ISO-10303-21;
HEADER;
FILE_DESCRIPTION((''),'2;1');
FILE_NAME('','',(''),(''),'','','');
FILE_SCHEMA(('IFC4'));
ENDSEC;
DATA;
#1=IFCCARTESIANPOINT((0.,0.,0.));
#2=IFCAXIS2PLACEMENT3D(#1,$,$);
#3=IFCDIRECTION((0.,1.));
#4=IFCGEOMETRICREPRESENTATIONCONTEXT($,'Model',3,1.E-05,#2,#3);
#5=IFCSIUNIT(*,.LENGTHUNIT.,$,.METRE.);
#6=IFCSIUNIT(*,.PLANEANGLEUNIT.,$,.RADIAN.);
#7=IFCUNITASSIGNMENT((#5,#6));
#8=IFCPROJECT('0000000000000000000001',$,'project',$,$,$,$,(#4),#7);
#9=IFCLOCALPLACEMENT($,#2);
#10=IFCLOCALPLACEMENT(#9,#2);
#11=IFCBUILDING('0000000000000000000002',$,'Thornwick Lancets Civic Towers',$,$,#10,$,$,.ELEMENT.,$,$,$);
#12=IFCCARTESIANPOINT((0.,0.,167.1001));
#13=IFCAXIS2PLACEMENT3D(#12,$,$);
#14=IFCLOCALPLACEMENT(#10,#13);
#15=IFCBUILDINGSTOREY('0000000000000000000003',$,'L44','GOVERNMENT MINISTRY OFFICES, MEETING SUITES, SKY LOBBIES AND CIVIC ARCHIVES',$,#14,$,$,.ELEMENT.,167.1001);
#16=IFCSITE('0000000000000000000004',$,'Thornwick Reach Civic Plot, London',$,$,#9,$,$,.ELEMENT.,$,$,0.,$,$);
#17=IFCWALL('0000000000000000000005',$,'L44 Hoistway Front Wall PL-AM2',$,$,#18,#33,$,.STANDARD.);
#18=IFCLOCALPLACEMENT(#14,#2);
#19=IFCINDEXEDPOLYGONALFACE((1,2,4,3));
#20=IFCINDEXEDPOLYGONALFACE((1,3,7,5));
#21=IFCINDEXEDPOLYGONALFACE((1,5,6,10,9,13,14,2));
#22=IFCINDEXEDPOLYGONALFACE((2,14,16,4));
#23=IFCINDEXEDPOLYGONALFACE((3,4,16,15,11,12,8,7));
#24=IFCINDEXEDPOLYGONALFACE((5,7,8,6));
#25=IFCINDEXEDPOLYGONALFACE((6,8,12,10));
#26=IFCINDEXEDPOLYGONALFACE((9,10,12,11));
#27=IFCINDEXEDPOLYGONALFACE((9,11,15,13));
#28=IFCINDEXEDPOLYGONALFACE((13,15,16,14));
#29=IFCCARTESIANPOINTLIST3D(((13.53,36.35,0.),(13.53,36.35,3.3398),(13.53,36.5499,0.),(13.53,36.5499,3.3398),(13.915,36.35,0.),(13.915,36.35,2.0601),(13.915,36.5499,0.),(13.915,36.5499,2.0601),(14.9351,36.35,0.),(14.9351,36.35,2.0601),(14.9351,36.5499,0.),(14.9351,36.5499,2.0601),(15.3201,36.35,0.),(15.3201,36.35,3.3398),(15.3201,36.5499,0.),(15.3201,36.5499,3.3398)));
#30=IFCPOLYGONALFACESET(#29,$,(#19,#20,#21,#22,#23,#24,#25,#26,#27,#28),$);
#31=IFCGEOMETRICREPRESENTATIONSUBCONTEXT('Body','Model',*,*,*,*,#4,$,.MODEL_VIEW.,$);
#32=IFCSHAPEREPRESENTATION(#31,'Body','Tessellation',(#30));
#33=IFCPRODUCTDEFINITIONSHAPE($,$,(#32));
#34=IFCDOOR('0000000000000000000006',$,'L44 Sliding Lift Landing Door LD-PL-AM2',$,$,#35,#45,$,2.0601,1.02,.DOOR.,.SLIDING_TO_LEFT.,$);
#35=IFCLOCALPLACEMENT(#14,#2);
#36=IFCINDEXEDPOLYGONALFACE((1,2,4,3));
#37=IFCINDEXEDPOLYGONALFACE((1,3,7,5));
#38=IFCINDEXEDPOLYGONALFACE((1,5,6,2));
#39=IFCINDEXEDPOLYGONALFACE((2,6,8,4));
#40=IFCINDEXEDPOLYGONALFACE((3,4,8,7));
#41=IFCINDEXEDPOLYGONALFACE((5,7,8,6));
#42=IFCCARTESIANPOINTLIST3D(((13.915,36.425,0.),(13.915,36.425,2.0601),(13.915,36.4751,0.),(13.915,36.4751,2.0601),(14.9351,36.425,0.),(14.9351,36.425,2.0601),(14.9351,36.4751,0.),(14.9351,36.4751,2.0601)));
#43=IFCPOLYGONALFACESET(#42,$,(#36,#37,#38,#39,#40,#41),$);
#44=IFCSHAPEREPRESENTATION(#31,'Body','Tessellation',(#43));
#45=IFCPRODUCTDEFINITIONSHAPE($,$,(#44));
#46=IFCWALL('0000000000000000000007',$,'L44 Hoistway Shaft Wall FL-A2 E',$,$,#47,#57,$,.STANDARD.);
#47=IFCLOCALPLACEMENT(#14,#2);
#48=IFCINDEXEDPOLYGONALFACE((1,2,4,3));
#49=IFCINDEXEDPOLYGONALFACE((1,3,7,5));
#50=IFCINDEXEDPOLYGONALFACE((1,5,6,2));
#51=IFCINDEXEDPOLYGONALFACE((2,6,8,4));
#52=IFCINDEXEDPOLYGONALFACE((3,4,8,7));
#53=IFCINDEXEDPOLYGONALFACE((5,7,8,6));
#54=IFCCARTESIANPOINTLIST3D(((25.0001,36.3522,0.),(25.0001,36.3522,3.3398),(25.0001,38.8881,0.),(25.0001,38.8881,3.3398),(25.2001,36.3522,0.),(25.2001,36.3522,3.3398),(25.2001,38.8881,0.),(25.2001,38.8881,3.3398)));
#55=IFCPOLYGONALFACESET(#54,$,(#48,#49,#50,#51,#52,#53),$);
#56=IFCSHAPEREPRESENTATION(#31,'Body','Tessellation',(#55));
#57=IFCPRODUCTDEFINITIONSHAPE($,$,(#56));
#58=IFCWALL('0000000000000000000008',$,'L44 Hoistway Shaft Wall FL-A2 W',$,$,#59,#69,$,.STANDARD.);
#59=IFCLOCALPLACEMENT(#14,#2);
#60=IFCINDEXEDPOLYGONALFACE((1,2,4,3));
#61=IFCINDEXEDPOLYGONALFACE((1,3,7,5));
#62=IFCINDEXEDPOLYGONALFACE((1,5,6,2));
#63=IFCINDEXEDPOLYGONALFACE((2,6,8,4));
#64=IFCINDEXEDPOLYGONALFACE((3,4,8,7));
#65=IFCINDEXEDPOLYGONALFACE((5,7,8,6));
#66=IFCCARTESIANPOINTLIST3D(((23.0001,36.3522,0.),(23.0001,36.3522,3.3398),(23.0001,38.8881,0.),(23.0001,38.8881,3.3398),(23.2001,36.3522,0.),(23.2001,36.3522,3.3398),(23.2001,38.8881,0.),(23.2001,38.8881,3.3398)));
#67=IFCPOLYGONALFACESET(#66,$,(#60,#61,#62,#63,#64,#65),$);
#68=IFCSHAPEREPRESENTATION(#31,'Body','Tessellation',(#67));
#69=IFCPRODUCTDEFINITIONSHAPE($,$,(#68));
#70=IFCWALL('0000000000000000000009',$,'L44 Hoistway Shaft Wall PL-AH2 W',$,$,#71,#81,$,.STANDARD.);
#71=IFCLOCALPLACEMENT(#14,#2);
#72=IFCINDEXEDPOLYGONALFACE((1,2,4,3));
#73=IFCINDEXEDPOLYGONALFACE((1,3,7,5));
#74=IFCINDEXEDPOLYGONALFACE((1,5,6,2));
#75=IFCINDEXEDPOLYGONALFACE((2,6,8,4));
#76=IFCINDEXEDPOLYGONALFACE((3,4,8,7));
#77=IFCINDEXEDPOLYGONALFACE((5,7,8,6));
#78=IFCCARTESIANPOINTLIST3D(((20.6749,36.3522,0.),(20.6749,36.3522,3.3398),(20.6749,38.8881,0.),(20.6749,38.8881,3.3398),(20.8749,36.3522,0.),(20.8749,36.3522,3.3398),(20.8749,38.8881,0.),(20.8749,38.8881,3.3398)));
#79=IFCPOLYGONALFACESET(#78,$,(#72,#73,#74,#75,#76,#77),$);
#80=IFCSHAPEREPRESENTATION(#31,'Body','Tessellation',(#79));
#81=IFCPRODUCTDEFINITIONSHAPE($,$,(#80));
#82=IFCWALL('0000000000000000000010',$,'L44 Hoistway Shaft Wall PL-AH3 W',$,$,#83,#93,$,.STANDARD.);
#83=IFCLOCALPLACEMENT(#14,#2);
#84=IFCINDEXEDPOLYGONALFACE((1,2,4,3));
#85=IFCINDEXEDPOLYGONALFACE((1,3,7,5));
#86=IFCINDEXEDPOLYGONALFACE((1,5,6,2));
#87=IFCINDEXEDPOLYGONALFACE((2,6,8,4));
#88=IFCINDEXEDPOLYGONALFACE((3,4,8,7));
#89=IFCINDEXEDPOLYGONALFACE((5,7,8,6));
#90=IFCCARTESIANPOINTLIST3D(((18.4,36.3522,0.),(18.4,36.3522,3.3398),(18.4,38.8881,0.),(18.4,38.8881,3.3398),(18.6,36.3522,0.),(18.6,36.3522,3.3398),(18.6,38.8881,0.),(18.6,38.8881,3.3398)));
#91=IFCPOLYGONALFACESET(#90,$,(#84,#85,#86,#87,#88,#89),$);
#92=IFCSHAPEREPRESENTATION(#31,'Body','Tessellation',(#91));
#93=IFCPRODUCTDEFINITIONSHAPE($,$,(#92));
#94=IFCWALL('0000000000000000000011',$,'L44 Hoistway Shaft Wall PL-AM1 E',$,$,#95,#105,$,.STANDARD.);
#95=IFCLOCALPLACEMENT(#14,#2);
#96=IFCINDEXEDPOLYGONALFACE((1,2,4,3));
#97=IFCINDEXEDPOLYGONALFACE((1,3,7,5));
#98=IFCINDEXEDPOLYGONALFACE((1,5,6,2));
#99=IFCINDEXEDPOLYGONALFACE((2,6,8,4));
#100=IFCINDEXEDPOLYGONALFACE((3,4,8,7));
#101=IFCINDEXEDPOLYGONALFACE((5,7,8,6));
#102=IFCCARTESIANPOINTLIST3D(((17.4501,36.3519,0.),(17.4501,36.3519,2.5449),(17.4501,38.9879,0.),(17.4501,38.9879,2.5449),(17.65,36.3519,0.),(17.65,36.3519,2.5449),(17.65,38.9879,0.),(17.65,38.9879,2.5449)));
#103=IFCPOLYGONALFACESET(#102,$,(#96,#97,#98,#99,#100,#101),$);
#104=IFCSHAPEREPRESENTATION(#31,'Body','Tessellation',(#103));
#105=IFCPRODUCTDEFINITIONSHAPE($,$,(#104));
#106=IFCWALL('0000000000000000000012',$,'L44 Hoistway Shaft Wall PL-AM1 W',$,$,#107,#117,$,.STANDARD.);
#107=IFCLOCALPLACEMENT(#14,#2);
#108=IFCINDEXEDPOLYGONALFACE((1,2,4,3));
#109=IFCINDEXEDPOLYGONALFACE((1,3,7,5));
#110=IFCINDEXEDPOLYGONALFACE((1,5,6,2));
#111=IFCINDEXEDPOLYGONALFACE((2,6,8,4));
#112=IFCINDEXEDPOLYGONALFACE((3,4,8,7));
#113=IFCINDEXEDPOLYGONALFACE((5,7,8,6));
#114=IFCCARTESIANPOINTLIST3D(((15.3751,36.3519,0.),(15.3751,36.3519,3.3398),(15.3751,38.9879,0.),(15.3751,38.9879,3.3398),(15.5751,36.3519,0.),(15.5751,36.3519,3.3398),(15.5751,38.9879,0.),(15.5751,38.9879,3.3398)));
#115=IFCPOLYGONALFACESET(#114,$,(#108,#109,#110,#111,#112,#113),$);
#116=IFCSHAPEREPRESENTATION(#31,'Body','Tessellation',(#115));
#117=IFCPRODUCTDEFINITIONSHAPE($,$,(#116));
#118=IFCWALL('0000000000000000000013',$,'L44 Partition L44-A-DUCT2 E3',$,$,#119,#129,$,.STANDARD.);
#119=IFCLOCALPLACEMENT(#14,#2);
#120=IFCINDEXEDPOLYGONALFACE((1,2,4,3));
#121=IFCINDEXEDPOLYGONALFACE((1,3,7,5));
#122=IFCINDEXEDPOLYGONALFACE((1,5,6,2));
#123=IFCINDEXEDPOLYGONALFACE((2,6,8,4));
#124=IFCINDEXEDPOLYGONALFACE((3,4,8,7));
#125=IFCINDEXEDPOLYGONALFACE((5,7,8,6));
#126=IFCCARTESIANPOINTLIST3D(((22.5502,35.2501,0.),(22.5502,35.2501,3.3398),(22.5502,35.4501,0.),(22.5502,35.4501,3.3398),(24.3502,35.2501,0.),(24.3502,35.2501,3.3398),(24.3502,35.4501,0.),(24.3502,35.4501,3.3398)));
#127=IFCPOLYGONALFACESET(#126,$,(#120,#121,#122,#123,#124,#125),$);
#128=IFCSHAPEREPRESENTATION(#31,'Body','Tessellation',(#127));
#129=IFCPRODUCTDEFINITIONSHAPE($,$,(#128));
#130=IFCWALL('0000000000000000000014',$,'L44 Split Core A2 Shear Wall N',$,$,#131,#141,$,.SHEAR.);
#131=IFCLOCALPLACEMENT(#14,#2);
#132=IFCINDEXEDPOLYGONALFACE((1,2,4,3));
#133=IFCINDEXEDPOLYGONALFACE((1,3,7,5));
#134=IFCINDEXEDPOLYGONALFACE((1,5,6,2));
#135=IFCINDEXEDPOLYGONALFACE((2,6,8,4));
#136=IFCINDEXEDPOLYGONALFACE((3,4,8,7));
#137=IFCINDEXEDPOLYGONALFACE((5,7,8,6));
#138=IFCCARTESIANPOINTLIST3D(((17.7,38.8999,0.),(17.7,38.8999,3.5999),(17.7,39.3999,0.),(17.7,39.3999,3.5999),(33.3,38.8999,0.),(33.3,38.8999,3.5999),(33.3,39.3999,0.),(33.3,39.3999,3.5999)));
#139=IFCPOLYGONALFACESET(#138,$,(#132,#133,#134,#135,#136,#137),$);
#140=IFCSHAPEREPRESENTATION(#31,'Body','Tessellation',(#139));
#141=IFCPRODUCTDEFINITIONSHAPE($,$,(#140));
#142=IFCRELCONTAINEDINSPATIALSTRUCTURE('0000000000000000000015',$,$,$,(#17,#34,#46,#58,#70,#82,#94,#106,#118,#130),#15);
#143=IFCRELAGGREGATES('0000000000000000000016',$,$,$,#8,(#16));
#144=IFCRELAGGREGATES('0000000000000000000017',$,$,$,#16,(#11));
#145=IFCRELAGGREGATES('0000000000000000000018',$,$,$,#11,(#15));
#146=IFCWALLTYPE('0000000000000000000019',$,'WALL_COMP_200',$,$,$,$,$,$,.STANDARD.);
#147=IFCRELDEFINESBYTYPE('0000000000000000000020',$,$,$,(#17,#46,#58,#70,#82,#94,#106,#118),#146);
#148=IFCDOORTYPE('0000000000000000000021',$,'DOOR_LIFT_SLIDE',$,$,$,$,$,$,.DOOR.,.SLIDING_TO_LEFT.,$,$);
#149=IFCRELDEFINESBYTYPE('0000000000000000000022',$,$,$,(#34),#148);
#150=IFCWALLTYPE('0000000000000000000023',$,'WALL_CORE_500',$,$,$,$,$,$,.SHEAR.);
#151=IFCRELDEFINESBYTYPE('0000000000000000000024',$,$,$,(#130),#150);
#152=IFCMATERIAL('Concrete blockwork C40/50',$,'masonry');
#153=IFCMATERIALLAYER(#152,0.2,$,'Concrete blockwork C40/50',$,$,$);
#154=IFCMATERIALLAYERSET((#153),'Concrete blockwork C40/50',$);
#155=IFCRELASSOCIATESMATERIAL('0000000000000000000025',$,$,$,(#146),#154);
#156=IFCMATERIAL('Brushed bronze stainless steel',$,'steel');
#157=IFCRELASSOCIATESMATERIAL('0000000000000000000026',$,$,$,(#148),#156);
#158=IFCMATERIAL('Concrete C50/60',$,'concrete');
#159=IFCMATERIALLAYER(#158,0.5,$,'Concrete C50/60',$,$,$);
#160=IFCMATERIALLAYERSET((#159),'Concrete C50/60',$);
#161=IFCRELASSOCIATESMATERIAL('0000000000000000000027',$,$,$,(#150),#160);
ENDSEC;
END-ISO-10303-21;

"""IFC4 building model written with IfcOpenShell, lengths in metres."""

from ifc_helpers import new_model, si_unit, direction, frame, frame_2d, origin, place, context, subcontext, project, spatial, rectangle, extrude, material, layer, layer_set, type_object, element, fill, save


model = new_model("IFC4")

# Units and contexts
model_context = context("Model", 3, precision=1e-05, world=origin(), true_north=direction((0.0, 1.0)))
body_context = subcontext(model_context, "Body", "Model", "MODEL_VIEW")
ifc_project = project(units=[si_unit("LENGTHUNIT", "METRE"), si_unit("PLANEANGLEUNIT", "RADIAN")], contexts=[model_context])

# Site, building, storey
site_placement = place(None, origin())
site = spatial("IfcSite", under=ifc_project, at=site_placement, Name="Thornwick Reach Civic Plot, London", CompositionType="ELEMENT", RefElevation=0.0)
building_placement = place(site_placement, origin())
building = spatial("IfcBuilding", under=site, at=building_placement, Name="Thornwick Lancets Civic Towers", CompositionType="ELEMENT")
storey_placement = place(building_placement, frame((0.0, 0.0, 167.1001)))
storey = spatial("IfcBuildingStorey", under=building, at=storey_placement, Name="L44", Description="GOVERNMENT MINISTRY OFFICES, MEETING SUITES, SKY LOBBIES AND CIVIC ARCHIVES", CompositionType="ELEMENT", Elevation=167.1001)

# Shared definitions
ifc_material_1 = material(Name="Concrete C50/60", Category="concrete")

# Shared definitions
ifc_material_2 = material(Name="Concrete blockwork C40/50", Category="masonry")
ifc_layer_1 = layer(ifc_material_2, 0.2, Name="Concrete blockwork C40/50")
ifc_layer_set_1 = layer_set([ifc_layer_1], Name="Concrete blockwork C40/50")
wall_type_1 = type_object("IfcWallType", Name="WALL_COMP_200", PredefinedType="STANDARD", material=ifc_layer_set_1)
ifc_material_3 = material(Name="Brushed bronze stainless steel", Category="steel")
door_type = type_object("IfcDoorType", Name="DOOR_LIFT_SLIDE", OperationType="SLIDING_TO_LEFT", PredefinedType="DOOR", material=ifc_material_3)

# Wall, opening, door
wall_1_placement = place(storey_placement, frame((15.3201, 36.45, 0.0), z_axis=(0.0, 0.0, 1.0), x_axis=(-1.0, 0.0, 0.0)))
wall_1 = element("IfcWall", 1, at=wall_1_placement, inside=storey, type_object=wall_type_1, Name="L44 Hoistway Front Wall PL-AM2", PredefinedType="STANDARD", context=body_context, shape_type="SweptSolid", body=[
    extrude(rectangle(XDim=1.79, YDim=0.2, at=frame_2d((0.895, 0.0))), origin(), (0.0, 0.0, 1.0), 3.3398),
])
opening_1_placement = place(wall_1_placement, frame((0.385, 0.0, 0.0)))
opening_1 = element("IfcOpeningElement", 2, at=opening_1_placement, cuts=wall_1, PredefinedType="OPENING", context=body_context, shape_type="SweptSolid", body=[
    extrude(rectangle(XDim=1.02, YDim=2.0601, at=frame_2d((0.51, 1.03))), frame((0.0, 0.1099, 0.0), z_axis=(0.0, -1.0, 0.0), x_axis=(1.0, 0.0, 0.0)), (0.0, 0.0, 1.0), 0.22),
])
door_1_placement = place(opening_1_placement, origin())
door_1 = element("IfcDoor", 3, at=door_1_placement, inside=storey, type_object=door_type, Name="L44 Sliding Lift Landing Door LD-PL-AM2", OperationType="SLIDING_TO_LEFT", OverallHeight=2.0601, OverallWidth=1.02, PredefinedType="DOOR", context=body_context, shape_type="SweptSolid", body=[
    extrude(rectangle(XDim=1.02, YDim=2.0601, at=frame_2d((0.51, 1.03))), frame((0.0, 0.0249, 0.0), z_axis=(0.0, -1.0, 0.0), x_axis=(1.0, 0.0, 0.0)), (0.0, 0.0, 1.0), 0.05),
])
fill(opening_1, door_1)

# Walls
for number, where, z_axis, x_axis, name in (
    (4, (25.1001, 36.3521, 0.0), (0.0, 0.0, 1.0), (0.0, 1.0, 0.0), "L44 Hoistway Shaft Wall FL-A2 E"),
    (5, (23.1001, 36.3521, 0.0), (0.0, 0.0, 1.0), (0.0, 1.0, 0.0), "L44 Hoistway Shaft Wall FL-A2 W"),
    (6, (20.7749, 36.3521, 0.0), (0.0, 0.0, 1.0), (0.0, 1.0, 0.0), "L44 Hoistway Shaft Wall PL-AH2 W"),
    (7, (18.5, 36.3521, 0.0), (0.0, 0.0, 1.0), (0.0, 1.0, 0.0), "L44 Hoistway Shaft Wall PL-AH3 W"),
):
    element("IfcWall", number, at=place(storey_placement, frame(where, z_axis=z_axis, x_axis=x_axis)), inside=storey, type_object=wall_type_1, Name=name, PredefinedType="STANDARD", context=body_context, shape_type="SweptSolid", body=[
        extrude(rectangle(XDim=2.5359, YDim=0.2, at=frame_2d((1.2681, 0.0))), origin(), (0.0, 0.0, 1.0), 3.3398),
    ])
wall_2_placement = place(storey_placement, frame((17.55, 36.3521, 0.0), z_axis=(0.0, 0.0, 1.0), x_axis=(0.0, 1.0, 0.0)))
element("IfcWall", 8, at=wall_2_placement, inside=storey, type_object=wall_type_1, Name="L44 Hoistway Shaft Wall PL-AM1 E", PredefinedType="STANDARD", context=body_context, shape_type="SweptSolid", body=[
    extrude(rectangle(XDim=2.636, YDim=0.2, at=frame_2d((1.3179, 0.0))), origin(), (0.0, 0.0, 1.0), 2.5449),
])
wall_3_placement = place(storey_placement, frame((15.4751, 36.3521, 0.0), z_axis=(0.0, 0.0, 1.0), x_axis=(0.0, 1.0, 0.0)))
element("IfcWall", 9, at=wall_3_placement, inside=storey, type_object=wall_type_1, Name="L44 Hoistway Shaft Wall PL-AM1 W", PredefinedType="STANDARD", context=body_context, shape_type="SweptSolid", body=[
    extrude(rectangle(XDim=2.636, YDim=0.2, at=frame_2d((1.3179, 0.0))), origin(), (0.0, 0.0, 1.0), 3.3398),
])
wall_4_placement = place(storey_placement, frame((24.3501, 35.3501, 0.0), z_axis=(0.0, 0.0, 1.0), x_axis=(-1.0, 0.0, 0.0)))
element("IfcWall", 10, at=wall_4_placement, inside=storey, type_object=wall_type_1, Name="L44 Partition L44-A-DUCT2 E3", PredefinedType="STANDARD", context=body_context, shape_type="SweptSolid", body=[
    extrude(rectangle(XDim=1.8, YDim=0.2, at=frame_2d((0.8999, 0.0))), origin(), (0.0, 0.0, 1.0), 3.3398),
])
ifc_layer_2 = layer(ifc_material_1, 0.5, Name="Concrete C50/60")
ifc_layer_set_2 = layer_set([ifc_layer_2], Name="Concrete C50/60")
wall_type_2 = type_object("IfcWallType", Name="WALL_CORE_500", PredefinedType="SHEAR", material=ifc_layer_set_2)
wall_5_placement = place(storey_placement, frame((17.7, 39.1499, 0.0), z_axis=(0.0, 0.0, 1.0), x_axis=(1.0, 0.0, 0.0)))
element("IfcWall", 11, at=wall_5_placement, inside=storey, type_object=wall_type_2, Name="L44 Split Core A2 Shear Wall N", PredefinedType="SHEAR", context=body_context, shape_type="SweptSolid", body=[
    extrude(rectangle(XDim=15.6001, YDim=0.5, at=frame_2d((7.8, 0.0))), origin(), (0.0, 0.0, 1.0), 3.5999),
])

save(model, "model.ifc")
